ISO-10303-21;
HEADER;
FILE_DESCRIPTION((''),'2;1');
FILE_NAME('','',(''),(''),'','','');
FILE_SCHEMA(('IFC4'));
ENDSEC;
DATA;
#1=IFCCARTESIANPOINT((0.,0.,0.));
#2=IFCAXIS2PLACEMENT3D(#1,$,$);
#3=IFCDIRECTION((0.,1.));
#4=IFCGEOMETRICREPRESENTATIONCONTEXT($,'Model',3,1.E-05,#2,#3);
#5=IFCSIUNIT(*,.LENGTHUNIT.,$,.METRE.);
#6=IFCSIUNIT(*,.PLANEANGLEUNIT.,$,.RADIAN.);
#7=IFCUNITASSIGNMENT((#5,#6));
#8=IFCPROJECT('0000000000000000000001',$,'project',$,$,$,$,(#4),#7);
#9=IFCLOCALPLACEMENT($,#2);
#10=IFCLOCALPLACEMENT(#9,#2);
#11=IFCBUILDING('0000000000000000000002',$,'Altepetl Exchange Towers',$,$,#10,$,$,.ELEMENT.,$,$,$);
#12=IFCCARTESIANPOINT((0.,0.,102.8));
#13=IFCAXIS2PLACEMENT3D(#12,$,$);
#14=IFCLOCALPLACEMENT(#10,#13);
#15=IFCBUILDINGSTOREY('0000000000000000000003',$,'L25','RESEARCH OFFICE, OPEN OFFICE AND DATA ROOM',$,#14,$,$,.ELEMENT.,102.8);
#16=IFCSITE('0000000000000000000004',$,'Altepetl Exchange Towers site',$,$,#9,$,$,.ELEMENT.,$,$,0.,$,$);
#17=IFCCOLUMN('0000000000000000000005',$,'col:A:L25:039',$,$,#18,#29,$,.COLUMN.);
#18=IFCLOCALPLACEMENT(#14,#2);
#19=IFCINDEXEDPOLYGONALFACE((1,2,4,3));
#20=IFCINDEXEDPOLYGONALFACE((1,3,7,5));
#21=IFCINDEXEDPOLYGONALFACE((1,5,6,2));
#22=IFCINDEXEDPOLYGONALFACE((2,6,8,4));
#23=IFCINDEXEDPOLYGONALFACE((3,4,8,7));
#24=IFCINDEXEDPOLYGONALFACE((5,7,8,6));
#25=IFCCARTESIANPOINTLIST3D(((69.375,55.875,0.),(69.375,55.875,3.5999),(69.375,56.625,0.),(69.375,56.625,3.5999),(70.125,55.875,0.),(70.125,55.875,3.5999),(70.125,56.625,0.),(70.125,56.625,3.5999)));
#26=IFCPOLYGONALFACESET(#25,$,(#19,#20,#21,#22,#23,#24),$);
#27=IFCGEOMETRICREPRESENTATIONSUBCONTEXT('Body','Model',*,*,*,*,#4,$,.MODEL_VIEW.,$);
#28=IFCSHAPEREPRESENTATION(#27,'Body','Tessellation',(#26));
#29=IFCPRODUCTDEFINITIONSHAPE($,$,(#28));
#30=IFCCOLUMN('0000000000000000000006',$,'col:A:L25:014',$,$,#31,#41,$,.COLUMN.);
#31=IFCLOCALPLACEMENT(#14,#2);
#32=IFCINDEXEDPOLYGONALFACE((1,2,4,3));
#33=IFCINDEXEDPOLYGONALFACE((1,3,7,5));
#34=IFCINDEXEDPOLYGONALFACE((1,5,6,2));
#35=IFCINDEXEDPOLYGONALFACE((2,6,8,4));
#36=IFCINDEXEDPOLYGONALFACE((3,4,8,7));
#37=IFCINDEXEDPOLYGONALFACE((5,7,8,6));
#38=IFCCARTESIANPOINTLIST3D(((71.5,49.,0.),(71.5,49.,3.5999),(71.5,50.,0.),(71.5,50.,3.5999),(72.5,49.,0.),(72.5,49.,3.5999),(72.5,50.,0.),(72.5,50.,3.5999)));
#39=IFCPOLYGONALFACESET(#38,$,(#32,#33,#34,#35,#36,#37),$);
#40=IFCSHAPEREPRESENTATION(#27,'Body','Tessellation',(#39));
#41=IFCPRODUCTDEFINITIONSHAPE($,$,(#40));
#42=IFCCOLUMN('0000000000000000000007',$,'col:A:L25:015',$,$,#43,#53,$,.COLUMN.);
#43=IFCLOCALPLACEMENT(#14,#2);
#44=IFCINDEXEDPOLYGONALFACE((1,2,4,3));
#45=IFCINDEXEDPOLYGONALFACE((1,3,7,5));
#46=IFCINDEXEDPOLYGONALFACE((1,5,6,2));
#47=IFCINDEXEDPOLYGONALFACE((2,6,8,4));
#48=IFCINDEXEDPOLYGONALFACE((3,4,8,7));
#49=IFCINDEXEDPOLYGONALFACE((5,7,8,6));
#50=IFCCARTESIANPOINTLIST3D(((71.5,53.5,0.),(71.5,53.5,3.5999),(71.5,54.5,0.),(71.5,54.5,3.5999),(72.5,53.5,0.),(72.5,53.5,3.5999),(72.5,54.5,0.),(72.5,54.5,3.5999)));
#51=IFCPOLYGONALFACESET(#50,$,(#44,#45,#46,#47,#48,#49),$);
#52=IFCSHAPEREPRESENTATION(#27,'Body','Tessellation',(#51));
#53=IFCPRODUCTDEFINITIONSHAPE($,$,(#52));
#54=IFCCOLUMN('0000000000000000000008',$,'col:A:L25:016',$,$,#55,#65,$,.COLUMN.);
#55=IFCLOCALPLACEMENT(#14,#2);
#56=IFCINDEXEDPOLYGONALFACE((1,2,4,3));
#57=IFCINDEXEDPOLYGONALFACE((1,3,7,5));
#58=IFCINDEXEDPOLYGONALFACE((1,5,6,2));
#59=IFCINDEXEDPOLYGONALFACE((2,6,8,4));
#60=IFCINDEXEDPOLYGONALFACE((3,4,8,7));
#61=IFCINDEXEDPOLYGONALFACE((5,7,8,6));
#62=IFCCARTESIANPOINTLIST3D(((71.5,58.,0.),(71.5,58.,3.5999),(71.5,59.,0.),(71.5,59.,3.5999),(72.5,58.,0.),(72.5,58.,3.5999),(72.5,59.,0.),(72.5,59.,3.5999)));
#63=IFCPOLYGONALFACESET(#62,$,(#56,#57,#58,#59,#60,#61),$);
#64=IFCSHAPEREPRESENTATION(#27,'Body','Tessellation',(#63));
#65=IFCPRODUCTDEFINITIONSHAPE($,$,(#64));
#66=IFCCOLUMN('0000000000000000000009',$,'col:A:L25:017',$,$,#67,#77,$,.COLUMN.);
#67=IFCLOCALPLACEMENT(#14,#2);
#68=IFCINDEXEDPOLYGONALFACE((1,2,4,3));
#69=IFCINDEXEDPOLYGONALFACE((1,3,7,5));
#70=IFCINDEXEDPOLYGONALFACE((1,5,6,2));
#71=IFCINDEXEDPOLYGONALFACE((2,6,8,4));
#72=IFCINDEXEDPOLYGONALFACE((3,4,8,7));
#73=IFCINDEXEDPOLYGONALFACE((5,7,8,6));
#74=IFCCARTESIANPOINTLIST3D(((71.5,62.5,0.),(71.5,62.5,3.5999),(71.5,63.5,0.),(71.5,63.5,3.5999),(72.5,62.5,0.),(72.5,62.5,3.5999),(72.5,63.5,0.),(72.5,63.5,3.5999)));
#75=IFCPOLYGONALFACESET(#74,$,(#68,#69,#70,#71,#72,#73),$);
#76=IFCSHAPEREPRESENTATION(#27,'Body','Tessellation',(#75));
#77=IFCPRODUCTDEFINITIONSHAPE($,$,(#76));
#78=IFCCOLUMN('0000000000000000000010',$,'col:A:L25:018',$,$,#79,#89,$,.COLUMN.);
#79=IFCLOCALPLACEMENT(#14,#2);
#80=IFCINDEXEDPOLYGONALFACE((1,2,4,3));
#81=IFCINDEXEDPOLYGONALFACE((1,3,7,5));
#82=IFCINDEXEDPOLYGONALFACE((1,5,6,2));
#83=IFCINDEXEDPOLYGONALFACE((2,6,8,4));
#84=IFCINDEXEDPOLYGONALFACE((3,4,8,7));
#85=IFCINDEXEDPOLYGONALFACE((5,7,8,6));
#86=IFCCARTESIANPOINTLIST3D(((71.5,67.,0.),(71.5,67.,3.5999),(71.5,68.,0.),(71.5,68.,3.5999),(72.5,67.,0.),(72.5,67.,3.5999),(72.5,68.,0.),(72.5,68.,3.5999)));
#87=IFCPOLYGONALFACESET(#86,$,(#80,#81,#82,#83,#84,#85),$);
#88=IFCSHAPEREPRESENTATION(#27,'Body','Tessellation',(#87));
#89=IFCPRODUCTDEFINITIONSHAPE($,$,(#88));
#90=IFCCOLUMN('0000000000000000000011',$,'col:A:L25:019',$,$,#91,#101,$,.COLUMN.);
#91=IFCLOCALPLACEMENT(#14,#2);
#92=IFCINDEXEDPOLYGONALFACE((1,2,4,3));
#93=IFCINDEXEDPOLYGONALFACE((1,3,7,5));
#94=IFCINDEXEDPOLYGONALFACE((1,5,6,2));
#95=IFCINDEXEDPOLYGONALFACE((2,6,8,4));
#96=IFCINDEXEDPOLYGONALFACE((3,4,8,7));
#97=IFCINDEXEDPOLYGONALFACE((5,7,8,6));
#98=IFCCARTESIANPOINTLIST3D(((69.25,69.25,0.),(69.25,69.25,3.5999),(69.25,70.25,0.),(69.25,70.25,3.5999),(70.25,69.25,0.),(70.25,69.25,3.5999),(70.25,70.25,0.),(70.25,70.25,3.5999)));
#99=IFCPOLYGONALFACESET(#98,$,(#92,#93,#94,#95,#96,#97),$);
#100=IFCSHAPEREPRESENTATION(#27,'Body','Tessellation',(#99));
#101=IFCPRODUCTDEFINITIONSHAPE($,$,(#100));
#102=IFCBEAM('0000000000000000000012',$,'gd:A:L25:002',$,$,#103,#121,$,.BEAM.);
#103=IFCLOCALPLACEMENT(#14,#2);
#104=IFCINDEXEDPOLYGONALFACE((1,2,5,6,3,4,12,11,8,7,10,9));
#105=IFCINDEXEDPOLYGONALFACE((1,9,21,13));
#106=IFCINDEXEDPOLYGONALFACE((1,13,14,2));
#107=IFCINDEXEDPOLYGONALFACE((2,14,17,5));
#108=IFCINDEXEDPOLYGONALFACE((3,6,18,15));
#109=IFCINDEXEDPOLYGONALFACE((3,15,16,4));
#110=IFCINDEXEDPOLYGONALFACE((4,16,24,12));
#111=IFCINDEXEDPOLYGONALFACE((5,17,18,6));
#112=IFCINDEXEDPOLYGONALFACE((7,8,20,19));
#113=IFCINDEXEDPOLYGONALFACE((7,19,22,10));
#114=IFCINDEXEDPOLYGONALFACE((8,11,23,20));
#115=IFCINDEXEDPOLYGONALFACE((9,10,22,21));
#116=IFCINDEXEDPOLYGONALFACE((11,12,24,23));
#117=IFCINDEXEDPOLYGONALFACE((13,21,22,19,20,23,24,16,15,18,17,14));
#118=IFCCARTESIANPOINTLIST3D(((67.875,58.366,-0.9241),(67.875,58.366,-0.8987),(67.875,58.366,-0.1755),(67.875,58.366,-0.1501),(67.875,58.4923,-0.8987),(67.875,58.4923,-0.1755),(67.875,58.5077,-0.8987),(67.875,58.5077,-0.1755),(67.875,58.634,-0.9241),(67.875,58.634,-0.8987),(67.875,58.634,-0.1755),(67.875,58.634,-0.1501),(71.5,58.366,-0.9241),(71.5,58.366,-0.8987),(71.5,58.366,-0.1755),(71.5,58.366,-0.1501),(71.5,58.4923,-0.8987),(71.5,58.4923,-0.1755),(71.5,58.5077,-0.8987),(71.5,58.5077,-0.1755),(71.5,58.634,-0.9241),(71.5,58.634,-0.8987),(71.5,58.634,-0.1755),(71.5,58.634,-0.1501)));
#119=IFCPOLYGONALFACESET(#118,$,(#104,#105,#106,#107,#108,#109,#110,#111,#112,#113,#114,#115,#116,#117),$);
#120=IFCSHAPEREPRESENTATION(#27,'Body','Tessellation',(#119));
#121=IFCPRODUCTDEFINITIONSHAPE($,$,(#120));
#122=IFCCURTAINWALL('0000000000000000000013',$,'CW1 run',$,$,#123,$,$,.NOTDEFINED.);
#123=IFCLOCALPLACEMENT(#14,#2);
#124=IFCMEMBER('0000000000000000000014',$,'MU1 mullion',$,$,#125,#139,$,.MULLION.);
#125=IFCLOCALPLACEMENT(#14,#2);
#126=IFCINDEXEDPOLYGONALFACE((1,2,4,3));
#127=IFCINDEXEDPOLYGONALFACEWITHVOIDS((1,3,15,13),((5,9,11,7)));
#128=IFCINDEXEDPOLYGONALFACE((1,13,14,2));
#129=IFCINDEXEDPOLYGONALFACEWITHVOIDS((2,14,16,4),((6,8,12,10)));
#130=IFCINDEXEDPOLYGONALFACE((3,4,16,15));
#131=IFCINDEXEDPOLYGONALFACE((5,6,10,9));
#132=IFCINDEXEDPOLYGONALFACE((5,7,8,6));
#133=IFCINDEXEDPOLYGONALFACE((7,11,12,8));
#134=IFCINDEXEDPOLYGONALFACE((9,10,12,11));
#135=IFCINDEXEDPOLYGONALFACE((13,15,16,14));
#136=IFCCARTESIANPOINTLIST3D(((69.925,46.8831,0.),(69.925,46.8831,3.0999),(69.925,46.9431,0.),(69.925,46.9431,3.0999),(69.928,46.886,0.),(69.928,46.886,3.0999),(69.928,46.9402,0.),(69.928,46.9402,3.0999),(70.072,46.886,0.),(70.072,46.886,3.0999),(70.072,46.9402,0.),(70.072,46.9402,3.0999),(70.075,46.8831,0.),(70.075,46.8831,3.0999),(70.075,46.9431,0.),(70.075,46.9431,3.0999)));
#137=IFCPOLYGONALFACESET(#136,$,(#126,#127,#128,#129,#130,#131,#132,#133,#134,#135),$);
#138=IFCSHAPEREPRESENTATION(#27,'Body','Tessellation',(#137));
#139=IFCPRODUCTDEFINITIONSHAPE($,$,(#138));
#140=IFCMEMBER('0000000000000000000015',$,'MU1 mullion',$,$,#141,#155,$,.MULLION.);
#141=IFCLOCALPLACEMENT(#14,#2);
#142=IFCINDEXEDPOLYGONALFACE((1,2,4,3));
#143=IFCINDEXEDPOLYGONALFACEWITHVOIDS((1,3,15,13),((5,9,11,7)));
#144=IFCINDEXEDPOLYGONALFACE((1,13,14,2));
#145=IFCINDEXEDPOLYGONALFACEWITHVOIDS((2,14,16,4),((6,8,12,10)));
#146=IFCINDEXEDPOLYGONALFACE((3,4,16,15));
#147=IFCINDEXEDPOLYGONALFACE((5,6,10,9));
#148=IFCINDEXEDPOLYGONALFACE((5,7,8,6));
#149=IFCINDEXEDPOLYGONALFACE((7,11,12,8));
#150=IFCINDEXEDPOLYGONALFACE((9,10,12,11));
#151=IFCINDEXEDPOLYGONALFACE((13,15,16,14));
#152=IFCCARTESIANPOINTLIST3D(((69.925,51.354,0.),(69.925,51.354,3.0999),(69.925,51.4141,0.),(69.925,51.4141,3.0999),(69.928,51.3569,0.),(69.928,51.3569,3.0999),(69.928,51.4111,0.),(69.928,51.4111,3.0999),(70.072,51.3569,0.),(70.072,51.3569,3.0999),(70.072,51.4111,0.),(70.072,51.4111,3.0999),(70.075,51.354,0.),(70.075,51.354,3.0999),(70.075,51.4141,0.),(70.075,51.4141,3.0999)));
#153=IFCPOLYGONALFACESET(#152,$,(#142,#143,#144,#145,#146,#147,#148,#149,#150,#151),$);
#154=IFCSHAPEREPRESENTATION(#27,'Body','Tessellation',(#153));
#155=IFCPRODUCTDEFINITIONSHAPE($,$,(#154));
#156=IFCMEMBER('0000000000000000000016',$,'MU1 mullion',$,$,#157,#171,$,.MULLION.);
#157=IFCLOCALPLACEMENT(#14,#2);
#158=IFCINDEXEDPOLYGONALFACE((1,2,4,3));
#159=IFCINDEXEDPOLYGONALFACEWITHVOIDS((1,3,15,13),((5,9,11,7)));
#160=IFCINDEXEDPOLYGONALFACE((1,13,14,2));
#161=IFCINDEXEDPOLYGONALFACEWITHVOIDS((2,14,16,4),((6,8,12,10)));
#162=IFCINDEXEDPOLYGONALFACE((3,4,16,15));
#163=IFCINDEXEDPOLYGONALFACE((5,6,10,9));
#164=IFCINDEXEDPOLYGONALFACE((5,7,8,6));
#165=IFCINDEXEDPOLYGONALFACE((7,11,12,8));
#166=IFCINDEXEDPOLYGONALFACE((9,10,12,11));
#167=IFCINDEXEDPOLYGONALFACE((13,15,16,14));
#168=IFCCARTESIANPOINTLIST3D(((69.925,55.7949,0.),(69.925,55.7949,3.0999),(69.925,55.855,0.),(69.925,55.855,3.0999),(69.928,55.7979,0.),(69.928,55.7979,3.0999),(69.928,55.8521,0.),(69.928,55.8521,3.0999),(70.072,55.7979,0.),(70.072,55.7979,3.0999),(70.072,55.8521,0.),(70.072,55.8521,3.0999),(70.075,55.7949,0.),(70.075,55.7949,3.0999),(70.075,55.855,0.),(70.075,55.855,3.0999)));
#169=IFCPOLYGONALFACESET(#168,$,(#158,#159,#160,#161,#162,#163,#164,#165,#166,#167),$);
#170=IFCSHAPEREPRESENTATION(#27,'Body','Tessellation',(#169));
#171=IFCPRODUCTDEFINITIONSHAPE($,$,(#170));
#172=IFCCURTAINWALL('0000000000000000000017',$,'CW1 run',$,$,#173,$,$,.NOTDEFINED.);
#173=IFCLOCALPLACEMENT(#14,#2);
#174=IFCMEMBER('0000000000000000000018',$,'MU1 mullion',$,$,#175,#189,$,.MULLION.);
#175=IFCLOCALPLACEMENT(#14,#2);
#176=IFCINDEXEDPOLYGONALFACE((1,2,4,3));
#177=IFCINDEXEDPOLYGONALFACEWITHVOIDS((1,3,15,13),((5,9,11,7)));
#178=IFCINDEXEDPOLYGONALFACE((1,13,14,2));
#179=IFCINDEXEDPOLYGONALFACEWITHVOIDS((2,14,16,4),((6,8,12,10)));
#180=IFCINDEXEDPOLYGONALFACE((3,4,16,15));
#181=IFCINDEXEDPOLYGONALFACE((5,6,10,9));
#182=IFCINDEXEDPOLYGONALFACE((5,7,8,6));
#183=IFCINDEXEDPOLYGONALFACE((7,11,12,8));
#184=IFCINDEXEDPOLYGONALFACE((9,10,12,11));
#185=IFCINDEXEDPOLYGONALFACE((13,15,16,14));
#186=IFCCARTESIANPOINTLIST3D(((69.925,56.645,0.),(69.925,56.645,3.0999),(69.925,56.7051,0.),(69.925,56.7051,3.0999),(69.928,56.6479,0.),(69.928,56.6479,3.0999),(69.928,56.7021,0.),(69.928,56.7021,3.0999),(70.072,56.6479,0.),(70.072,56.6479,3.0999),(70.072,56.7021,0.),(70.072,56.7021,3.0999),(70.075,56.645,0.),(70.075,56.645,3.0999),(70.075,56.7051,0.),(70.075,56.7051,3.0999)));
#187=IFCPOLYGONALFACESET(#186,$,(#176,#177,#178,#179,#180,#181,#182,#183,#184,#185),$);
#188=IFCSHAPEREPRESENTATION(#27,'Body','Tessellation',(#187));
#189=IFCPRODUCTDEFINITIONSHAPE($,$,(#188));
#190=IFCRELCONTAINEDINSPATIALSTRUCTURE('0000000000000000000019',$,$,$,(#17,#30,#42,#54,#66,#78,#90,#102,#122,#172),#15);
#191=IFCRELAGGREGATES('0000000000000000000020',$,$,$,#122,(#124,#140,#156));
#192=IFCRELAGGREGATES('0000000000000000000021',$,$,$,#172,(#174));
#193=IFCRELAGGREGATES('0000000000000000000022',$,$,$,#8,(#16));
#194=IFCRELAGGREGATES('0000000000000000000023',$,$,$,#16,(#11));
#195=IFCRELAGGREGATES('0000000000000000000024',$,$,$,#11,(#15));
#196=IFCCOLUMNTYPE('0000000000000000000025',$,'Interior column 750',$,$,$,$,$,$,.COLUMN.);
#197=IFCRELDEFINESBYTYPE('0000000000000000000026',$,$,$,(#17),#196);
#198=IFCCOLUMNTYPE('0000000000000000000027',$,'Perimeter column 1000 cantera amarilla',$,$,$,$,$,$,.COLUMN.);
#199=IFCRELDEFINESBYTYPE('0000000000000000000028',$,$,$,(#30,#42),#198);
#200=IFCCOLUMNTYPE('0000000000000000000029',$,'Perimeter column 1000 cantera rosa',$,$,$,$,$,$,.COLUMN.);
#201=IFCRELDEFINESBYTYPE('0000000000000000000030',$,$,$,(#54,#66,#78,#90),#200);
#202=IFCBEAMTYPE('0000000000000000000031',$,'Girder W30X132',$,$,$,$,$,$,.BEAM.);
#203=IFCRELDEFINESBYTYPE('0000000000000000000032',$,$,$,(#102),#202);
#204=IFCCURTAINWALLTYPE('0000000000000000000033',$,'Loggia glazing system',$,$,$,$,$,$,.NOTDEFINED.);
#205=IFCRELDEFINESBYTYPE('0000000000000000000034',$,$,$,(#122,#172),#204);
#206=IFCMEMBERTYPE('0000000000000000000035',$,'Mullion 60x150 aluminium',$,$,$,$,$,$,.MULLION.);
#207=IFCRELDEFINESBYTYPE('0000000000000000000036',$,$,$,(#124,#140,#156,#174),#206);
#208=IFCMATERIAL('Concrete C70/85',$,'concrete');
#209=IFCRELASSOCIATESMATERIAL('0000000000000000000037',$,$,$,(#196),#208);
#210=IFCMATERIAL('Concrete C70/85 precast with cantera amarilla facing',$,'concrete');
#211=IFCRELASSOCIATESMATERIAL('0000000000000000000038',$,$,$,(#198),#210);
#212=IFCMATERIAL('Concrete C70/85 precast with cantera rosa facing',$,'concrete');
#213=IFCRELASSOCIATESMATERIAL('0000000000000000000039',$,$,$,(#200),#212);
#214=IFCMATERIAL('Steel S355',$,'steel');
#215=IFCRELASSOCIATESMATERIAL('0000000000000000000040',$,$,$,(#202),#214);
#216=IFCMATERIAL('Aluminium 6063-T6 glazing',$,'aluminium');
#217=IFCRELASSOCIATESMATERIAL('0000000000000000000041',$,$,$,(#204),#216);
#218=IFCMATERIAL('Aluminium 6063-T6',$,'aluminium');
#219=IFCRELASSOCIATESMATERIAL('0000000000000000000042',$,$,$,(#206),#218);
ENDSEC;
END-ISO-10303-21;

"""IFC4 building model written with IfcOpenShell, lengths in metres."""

from ifc_helpers import new_model, si_unit, direction, frame, origin, origin_2d, place, context, subcontext, project, spatial, rectangle, hollow_rectangle, i_section, extrude, material, material_profile, profile_set, type_object, element, aggregate, save


model = new_model("IFC4")

# Units and contexts
model_context = context("Model", 3, precision=1e-05, world=origin(), true_north=direction((0.0, 1.0)))
body_context = subcontext(model_context, "Body", "Model", "MODEL_VIEW")
ifc_project = project(units=[si_unit("LENGTHUNIT", "METRE"), si_unit("PLANEANGLEUNIT", "RADIAN")], contexts=[model_context])

# Site, building, storey
site_placement = place(None, origin())
site = spatial("IfcSite", under=ifc_project, at=site_placement, Name="Altepetl Exchange Towers site", CompositionType="ELEMENT", RefElevation=0.0)
building_placement = place(site_placement, origin())
building = spatial("IfcBuilding", under=site, at=building_placement, Name="Altepetl Exchange Towers", CompositionType="ELEMENT")
storey_placement = place(building_placement, frame((0.0, 0.0, 102.8)))
storey = spatial("IfcBuildingStorey", under=building, at=storey_placement, Name="L25", Description="RESEARCH OFFICE, OPEN OFFICE AND DATA ROOM", CompositionType="ELEMENT", Elevation=102.8)

# Columns
ifc_material_1 = material(Name="Concrete C70/85", Category="concrete")
ifc_material_profile_1 = material_profile(ifc_material_1, rectangle(XDim=0.75, YDim=0.75, at=origin_2d()), Name="750 x 750")
ifc_profile_set_1 = profile_set([ifc_material_profile_1], Name="Concrete C70/85")
column_type_1 = type_object("IfcColumnType", Name="Interior column 750", PredefinedType="COLUMN", material=ifc_profile_set_1)
column_placement = place(storey_placement, frame((69.75, 56.25, 0.0)))
element("IfcColumn", 1, at=column_placement, inside=storey, type_object=column_type_1, Name="col:A:L25:039", PredefinedType="COLUMN", context=body_context, shape_type="SweptSolid", body=[
    extrude(rectangle(XDim=0.75, YDim=0.75, at=origin_2d()), origin(), (0.0, 0.0, 1.0), 3.5999),
])
ifc_material_2 = material(Name="Concrete C70/85 precast with cantera amarilla facing", Category="concrete")
ifc_material_profile_2 = material_profile(ifc_material_2, rectangle(XDim=1.0, YDim=1.0, at=origin_2d()), Name="1000 x 1000")
ifc_profile_set_2 = profile_set([ifc_material_profile_2], Name="Concrete C70/85 precast with cantera amarilla facing")
column_type_2 = type_object("IfcColumnType", Name="Perimeter column 1000 cantera amarilla", PredefinedType="COLUMN", material=ifc_profile_set_2)
for number, where, name in (
    (2, (72.0, 49.5, 0.0), "col:A:L25:014"),
    (3, (72.0, 54.0, 0.0), "col:A:L25:015"),
):
    element("IfcColumn", number, at=place(storey_placement, frame(where)), inside=storey, type_object=column_type_2, Name=name, PredefinedType="COLUMN", context=body_context, shape_type="SweptSolid", body=[
        extrude(rectangle(XDim=1.0, YDim=1.0, at=origin_2d()), origin(), (0.0, 0.0, 1.0), 3.5999),
    ])
ifc_material_3 = material(Name="Concrete C70/85 precast with cantera rosa facing", Category="concrete")
ifc_material_profile_3 = material_profile(ifc_material_3, rectangle(XDim=1.0, YDim=1.0, at=origin_2d()), Name="1000 x 1000")
ifc_profile_set_3 = profile_set([ifc_material_profile_3], Name="Concrete C70/85 precast with cantera rosa facing")
column_type_3 = type_object("IfcColumnType", Name="Perimeter column 1000 cantera rosa", PredefinedType="COLUMN", material=ifc_profile_set_3)
for number, where, name in (
    (4, (72.0, 58.5, 0.0), "col:A:L25:016"),
    (5, (72.0, 63.0, 0.0), "col:A:L25:017"),
    (6, (72.0, 67.5, 0.0), "col:A:L25:018"),
    (7, (69.75, 69.75, 0.0), "col:A:L25:019"),
):
    element("IfcColumn", number, at=place(storey_placement, frame(where)), inside=storey, type_object=column_type_3, Name=name, PredefinedType="COLUMN", context=body_context, shape_type="SweptSolid", body=[
        extrude(rectangle(XDim=1.0, YDim=1.0, at=origin_2d()), origin(), (0.0, 0.0, 1.0), 3.5999),
    ])

# Beam
ifc_material_4 = material(Name="Steel S355", Category="steel")
ifc_material_profile_4 = material_profile(ifc_material_4, i_section(OverallWidth=0.2681, OverallDepth=0.7739, WebThickness=0.0154, FlangeThickness=0.0254, at=origin_2d()), Name="W30X132")
ifc_profile_set_4 = profile_set([ifc_material_profile_4], Name="Steel S355")
beam_type_1 = type_object("IfcBeamType", Name="Girder W30X132", PredefinedType="BEAM", material=ifc_profile_set_4)
beam_1_placement = place(storey_placement, frame((67.875, 58.5, -0.5371), z_axis=(1.0, 0.0, 0.0), x_axis=(0.0, 1.0, 0.0)))
element("IfcBeam", 8, at=beam_1_placement, inside=storey, type_object=beam_type_1, Name="gd:A:L25:002", PredefinedType="BEAM", context=body_context, shape_type="SweptSolid", body=[
    extrude(i_section(OverallWidth=0.2681, OverallDepth=0.7739, WebThickness=0.0154, FlangeThickness=0.0254, at=origin_2d()), origin(), (0.0, 0.0, 1.0), 3.625),
])

# Curtain walls, members
ifc_material_5 = material(Name="Aluminium 6063-T6 glazing", Category="aluminium")
curtain_wall_type = type_object("IfcCurtainWallType", Name="Loggia glazing system", PredefinedType="NOTDEFINED", material=ifc_material_5)
curtain_wall_1_placement = place(storey_placement, origin())
curtain_wall_1 = element("IfcCurtainWall", 9, at=curtain_wall_1_placement, inside=storey, type_object=curtain_wall_type, Name="CW1 run", PredefinedType="NOTDEFINED")
ifc_material_6 = material(Name="Aluminium 6063-T6", Category="aluminium")
ifc_material_profile_5 = material_profile(ifc_material_6, hollow_rectangle(XDim=0.0601, YDim=0.1499, WallThickness=0.0029, at=origin_2d()), Name="Mullion 60x150 aluminium")
ifc_profile_set_5 = profile_set([ifc_material_profile_5], Name="Aluminium 6063-T6")
member_type = type_object("IfcMemberType", Name="Mullion 60x150 aluminium", PredefinedType="MULLION", material=ifc_profile_set_5)
member_1_placement = place(storey_placement, frame((70.0, 46.9131, 0.0), z_axis=(0.0, 0.0, 1.0), x_axis=(0.0, 1.0, 0.0)))
member_1 = element("IfcMember", 10, at=member_1_placement, type_object=member_type, Name="MU1 mullion", PredefinedType="MULLION", context=body_context, shape_type="SweptSolid", body=[
    extrude(hollow_rectangle(XDim=0.0601, YDim=0.1499, WallThickness=0.0029, at=origin_2d()), origin(), (0.0, 0.0, 1.0), 3.0999),
])
member_2_placement = place(storey_placement, frame((70.0, 51.384, 0.0), z_axis=(0.0, 0.0, 1.0), x_axis=(0.0, 1.0, 0.0)))
member_2 = element("IfcMember", 11, at=member_2_placement, type_object=member_type, Name="MU1 mullion", PredefinedType="MULLION", context=body_context, shape_type="SweptSolid", body=[
    extrude(hollow_rectangle(XDim=0.0601, YDim=0.1499, WallThickness=0.0029, at=origin_2d()), origin(), (0.0, 0.0, 1.0), 3.0999),
])
member_3_placement = place(storey_placement, frame((70.0, 55.825, 0.0), z_axis=(0.0, 0.0, 1.0), x_axis=(0.0, 1.0, 0.0)))
member_3 = element("IfcMember", 12, at=member_3_placement, type_object=member_type, Name="MU1 mullion", PredefinedType="MULLION", context=body_context, shape_type="SweptSolid", body=[
    extrude(hollow_rectangle(XDim=0.0601, YDim=0.1499, WallThickness=0.0029, at=origin_2d()), origin(), (0.0, 0.0, 1.0), 3.0999),
])
curtain_wall_2_placement = place(storey_placement, origin())
curtain_wall_2 = element("IfcCurtainWall", 13, at=curtain_wall_2_placement, inside=storey, type_object=curtain_wall_type, Name="CW1 run", PredefinedType="NOTDEFINED")
member_4_placement = place(storey_placement, frame((70.0, 56.675, 0.0), z_axis=(0.0, 0.0, 1.0), x_axis=(0.0, 1.0, 0.0)))
member_4 = element("IfcMember", 14, at=member_4_placement, type_object=member_type, Name="MU1 mullion", PredefinedType="MULLION", context=body_context, shape_type="SweptSolid", body=[
    extrude(hollow_rectangle(XDim=0.0601, YDim=0.1499, WallThickness=0.0029, at=origin_2d()), origin(), (0.0, 0.0, 1.0), 3.0999),
])

aggregate(curtain_wall_1, [member_1, member_2, member_3])
aggregate(curtain_wall_2, [member_4])

save(model, "model.ifc")
